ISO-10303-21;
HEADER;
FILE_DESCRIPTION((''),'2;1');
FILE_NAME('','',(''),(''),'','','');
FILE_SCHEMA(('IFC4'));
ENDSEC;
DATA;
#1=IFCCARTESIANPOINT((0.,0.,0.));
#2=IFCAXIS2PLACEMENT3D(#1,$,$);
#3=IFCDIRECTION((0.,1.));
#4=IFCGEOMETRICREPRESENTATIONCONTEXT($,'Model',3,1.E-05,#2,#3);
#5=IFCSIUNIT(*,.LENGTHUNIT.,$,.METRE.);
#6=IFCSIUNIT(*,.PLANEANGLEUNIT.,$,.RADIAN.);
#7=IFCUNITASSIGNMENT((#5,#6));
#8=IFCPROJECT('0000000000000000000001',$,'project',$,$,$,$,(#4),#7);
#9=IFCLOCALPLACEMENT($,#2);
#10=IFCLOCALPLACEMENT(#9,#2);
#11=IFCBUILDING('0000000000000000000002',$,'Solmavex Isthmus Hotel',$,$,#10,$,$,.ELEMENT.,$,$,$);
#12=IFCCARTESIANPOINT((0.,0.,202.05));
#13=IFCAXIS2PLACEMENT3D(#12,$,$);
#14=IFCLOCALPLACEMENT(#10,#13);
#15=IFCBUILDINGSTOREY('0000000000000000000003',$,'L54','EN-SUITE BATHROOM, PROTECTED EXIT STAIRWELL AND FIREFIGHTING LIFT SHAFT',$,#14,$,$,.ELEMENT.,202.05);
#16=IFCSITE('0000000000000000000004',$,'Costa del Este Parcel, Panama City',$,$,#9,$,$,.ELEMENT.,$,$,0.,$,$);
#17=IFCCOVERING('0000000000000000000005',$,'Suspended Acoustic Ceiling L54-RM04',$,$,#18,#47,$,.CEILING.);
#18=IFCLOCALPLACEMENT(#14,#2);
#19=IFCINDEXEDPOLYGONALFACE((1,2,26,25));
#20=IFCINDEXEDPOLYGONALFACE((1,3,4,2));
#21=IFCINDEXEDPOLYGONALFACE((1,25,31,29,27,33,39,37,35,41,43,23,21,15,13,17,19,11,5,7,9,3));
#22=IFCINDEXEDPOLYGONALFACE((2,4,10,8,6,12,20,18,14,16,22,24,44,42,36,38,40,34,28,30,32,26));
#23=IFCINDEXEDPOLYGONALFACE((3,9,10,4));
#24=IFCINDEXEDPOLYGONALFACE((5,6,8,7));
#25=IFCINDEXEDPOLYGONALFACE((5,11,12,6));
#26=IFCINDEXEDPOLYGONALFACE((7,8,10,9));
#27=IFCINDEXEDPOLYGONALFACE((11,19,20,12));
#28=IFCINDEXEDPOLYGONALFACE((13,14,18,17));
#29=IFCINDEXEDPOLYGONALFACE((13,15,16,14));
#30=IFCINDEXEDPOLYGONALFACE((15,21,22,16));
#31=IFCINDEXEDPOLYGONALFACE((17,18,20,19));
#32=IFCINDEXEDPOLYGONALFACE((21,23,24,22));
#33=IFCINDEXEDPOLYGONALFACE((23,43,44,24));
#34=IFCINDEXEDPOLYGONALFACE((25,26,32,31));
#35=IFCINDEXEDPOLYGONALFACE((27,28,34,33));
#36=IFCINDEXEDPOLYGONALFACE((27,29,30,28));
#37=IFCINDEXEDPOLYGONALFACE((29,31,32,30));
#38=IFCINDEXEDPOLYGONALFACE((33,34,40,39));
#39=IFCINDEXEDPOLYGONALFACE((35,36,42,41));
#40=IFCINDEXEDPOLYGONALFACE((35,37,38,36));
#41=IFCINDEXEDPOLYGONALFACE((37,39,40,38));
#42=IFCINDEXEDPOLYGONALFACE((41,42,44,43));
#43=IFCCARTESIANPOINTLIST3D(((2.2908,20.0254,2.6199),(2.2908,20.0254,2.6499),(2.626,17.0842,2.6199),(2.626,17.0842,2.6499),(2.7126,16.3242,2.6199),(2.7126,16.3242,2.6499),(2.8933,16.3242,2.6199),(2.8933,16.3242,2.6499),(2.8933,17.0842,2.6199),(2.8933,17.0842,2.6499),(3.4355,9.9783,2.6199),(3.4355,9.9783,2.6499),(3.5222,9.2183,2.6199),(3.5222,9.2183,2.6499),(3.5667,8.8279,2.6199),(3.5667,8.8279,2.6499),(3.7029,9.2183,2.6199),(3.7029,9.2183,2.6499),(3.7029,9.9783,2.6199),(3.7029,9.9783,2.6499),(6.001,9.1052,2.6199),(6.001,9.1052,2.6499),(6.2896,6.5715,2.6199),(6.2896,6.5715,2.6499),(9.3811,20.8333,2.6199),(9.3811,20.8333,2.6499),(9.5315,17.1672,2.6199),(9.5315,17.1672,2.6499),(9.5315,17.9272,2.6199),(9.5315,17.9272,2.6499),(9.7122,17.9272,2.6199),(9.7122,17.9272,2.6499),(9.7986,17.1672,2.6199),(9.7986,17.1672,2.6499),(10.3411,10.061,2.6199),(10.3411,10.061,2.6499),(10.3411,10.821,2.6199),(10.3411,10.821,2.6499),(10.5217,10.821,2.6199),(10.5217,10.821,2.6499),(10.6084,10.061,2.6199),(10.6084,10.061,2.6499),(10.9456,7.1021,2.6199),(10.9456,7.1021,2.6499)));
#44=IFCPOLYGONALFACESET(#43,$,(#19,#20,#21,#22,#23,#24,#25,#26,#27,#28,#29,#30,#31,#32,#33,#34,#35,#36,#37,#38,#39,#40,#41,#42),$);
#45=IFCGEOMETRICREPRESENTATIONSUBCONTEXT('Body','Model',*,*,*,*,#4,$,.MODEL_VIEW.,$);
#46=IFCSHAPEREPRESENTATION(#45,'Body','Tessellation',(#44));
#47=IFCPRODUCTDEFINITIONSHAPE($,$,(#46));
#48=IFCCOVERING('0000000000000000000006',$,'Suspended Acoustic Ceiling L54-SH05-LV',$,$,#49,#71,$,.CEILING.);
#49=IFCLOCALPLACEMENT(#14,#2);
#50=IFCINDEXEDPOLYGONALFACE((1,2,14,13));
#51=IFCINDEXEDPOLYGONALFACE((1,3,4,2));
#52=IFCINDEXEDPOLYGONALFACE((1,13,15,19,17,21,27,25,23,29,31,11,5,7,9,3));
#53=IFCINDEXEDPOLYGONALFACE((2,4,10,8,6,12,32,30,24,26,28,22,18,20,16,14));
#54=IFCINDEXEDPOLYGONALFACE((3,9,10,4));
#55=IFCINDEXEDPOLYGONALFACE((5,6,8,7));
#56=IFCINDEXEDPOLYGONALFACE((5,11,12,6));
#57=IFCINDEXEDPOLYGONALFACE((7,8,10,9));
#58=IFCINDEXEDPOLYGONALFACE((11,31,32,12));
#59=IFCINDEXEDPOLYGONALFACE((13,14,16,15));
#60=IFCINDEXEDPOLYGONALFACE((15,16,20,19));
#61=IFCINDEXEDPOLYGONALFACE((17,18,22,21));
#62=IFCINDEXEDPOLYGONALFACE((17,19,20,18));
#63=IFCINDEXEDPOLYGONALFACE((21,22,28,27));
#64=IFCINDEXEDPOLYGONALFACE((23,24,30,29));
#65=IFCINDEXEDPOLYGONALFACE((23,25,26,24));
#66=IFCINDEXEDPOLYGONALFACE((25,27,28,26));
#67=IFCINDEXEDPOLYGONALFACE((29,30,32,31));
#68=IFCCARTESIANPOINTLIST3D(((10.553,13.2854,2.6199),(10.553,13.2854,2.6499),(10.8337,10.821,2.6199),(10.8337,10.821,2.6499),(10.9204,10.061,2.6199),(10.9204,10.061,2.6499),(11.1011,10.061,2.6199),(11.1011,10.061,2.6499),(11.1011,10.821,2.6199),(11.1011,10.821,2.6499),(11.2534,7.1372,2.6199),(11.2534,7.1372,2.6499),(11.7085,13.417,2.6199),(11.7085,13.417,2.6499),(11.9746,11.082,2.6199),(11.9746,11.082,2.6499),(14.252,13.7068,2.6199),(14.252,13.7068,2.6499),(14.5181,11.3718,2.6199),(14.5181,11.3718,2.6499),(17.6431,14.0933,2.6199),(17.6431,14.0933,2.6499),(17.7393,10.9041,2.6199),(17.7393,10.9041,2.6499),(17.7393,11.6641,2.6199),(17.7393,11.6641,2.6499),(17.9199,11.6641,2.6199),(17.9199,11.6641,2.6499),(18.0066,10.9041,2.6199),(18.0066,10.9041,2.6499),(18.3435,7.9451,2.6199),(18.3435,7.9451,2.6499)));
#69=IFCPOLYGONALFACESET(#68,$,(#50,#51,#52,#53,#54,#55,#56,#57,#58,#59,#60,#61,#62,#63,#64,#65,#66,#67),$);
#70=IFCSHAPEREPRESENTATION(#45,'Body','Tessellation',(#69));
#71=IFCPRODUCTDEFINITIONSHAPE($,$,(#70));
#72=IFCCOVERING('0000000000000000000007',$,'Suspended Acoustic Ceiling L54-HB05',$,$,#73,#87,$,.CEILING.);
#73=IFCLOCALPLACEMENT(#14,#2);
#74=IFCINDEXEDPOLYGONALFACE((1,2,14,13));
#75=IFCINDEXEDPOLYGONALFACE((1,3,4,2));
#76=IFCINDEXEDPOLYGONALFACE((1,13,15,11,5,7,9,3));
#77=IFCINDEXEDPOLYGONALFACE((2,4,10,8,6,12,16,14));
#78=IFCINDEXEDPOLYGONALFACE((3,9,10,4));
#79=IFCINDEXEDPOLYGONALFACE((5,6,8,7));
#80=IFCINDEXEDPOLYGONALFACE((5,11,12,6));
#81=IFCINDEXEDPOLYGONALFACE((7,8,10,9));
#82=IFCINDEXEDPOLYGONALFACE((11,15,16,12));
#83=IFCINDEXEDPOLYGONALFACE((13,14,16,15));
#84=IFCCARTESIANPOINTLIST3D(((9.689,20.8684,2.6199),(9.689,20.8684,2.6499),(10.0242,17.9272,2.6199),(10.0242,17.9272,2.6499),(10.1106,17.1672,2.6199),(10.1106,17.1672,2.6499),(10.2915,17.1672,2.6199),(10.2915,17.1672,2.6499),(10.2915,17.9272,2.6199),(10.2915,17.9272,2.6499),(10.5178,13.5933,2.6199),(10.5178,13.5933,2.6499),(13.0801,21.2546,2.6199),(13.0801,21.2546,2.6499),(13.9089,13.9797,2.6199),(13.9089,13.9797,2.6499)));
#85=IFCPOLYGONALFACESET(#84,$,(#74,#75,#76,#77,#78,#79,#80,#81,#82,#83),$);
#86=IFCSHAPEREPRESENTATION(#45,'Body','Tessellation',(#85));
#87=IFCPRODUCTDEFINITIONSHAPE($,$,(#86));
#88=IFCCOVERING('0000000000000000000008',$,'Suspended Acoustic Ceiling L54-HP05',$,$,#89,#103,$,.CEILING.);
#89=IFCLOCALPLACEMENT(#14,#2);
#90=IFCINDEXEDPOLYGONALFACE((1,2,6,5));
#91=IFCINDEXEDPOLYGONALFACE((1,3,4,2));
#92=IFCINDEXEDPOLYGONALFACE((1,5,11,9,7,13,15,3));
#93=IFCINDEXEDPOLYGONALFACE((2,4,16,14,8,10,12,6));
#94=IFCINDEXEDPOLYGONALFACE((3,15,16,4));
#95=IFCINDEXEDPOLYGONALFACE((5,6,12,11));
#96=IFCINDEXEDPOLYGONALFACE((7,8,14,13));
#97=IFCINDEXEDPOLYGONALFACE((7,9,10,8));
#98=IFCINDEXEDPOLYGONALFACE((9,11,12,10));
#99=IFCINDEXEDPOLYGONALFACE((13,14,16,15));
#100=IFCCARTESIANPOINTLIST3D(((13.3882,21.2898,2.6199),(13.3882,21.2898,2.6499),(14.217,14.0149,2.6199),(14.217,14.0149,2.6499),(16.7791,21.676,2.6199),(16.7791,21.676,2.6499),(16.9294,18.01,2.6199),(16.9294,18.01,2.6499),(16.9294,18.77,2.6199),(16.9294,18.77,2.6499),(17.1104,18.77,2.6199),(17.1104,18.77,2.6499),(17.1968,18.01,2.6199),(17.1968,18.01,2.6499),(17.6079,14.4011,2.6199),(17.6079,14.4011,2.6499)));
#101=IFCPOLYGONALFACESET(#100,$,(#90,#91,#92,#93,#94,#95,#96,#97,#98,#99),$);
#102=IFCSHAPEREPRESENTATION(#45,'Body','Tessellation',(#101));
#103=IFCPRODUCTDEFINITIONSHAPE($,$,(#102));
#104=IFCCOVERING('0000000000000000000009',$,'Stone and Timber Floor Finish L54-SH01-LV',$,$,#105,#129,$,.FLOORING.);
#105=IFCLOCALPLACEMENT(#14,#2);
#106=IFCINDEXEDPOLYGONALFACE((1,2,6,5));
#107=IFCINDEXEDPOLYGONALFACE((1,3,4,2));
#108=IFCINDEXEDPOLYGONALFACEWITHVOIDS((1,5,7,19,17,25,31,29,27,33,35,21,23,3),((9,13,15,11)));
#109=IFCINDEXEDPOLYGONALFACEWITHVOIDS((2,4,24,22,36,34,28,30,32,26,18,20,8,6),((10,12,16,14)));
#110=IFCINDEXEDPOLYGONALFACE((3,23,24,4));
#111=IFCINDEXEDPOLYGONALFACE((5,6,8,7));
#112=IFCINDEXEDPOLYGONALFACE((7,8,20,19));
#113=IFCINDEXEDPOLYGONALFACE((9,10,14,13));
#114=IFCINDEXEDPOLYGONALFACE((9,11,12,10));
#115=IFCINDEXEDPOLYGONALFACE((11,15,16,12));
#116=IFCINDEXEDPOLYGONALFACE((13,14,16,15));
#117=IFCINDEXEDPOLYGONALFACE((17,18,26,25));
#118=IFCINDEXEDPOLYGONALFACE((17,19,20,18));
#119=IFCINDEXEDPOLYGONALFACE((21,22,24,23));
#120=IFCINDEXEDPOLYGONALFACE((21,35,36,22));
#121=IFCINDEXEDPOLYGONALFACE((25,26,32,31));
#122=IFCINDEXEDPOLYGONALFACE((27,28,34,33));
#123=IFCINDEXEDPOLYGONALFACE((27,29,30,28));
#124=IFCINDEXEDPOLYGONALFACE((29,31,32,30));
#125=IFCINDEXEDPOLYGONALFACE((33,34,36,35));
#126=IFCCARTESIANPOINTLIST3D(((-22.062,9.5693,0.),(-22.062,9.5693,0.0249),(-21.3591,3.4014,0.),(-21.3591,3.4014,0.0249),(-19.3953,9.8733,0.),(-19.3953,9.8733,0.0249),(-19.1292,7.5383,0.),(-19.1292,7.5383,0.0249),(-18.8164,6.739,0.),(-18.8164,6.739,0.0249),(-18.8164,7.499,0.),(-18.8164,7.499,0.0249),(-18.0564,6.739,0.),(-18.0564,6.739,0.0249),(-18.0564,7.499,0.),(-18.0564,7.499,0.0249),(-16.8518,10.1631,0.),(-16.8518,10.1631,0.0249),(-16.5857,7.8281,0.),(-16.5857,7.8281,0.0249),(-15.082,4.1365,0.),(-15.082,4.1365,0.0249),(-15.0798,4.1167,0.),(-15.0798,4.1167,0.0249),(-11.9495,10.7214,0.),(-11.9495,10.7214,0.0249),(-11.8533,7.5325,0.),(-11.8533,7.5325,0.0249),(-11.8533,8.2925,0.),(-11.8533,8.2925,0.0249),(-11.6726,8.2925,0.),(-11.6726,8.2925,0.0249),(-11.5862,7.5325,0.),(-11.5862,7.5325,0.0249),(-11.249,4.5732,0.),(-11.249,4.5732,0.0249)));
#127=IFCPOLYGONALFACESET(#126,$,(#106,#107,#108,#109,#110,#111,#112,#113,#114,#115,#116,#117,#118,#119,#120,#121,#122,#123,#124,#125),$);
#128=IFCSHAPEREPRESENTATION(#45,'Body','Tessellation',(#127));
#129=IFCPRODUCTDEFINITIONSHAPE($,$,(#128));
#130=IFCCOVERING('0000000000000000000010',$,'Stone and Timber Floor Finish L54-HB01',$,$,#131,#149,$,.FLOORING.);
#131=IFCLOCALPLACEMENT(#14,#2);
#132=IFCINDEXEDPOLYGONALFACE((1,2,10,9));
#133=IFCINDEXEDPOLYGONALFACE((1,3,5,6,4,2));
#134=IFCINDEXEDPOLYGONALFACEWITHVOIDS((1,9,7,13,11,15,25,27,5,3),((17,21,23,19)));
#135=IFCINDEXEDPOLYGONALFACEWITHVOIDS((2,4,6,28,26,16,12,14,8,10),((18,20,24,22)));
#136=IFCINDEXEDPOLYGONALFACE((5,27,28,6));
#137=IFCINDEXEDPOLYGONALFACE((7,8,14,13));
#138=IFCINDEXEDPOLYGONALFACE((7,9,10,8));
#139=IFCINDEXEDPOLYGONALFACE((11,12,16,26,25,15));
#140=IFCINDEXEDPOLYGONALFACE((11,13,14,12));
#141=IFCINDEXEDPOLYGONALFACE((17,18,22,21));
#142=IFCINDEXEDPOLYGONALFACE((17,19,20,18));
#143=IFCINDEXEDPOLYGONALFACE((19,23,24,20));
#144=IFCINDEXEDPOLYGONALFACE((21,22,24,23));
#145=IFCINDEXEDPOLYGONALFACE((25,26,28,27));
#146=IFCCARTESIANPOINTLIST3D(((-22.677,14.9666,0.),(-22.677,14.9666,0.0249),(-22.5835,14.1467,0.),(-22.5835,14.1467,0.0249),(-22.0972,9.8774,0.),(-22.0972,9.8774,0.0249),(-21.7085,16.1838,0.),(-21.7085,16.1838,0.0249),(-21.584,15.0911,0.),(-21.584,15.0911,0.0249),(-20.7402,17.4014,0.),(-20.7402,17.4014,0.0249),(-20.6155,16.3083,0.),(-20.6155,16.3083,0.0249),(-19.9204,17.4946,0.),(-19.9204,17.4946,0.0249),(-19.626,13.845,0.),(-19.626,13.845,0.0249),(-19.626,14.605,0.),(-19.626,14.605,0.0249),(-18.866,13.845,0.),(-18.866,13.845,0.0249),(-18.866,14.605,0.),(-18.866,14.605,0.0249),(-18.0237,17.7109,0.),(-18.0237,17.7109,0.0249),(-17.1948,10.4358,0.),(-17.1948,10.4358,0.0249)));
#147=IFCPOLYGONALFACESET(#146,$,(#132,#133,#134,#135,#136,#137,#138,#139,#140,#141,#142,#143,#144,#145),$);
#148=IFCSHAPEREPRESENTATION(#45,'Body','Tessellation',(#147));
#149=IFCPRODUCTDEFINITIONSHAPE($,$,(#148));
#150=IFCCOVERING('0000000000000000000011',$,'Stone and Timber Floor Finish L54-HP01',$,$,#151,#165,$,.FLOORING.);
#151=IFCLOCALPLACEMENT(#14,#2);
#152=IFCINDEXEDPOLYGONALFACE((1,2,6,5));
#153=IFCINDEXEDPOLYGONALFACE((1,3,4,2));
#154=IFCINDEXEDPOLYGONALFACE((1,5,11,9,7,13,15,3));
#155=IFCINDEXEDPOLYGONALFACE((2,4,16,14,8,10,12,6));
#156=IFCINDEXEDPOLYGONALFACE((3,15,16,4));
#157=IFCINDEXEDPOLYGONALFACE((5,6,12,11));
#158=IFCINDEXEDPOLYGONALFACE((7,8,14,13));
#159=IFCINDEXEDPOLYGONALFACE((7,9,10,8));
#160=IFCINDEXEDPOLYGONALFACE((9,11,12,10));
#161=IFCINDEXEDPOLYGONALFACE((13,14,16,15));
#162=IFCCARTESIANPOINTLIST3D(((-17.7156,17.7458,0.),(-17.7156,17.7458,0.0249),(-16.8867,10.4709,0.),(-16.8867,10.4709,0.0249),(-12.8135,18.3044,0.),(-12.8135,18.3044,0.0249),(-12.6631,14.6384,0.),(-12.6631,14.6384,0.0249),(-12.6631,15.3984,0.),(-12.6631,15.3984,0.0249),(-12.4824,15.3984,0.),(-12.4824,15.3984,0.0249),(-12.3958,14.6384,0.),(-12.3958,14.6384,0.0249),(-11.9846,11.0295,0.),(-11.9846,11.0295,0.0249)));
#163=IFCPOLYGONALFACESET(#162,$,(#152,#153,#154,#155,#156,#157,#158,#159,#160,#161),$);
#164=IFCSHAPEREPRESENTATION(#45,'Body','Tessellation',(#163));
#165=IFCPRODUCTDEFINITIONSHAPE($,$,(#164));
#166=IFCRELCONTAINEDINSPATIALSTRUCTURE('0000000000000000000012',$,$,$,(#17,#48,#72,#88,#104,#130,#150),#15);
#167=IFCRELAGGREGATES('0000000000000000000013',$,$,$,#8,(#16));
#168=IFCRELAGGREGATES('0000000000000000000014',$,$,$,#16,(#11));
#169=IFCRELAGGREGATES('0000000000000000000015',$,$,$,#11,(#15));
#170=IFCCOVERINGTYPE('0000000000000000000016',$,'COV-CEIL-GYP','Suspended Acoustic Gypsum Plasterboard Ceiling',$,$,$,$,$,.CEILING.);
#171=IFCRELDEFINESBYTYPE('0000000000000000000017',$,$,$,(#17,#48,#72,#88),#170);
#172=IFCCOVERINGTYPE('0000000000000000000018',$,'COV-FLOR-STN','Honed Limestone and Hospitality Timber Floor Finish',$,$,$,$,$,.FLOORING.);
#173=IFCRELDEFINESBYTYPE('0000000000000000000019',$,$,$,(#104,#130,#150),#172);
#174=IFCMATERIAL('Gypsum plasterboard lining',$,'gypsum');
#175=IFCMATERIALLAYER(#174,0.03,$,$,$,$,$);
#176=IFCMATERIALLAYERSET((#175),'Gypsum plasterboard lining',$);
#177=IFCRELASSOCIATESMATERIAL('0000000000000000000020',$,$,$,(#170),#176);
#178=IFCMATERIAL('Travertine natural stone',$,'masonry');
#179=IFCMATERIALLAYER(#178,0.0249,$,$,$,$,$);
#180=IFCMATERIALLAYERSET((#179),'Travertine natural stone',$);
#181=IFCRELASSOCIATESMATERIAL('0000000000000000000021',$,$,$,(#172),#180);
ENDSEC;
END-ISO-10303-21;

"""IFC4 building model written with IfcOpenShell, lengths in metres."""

from ifc_helpers import new_model, si_unit, direction, frame, origin, place, context, subcontext, project, spatial, polyline, outline, extrude, material, layer, layer_set, type_object, element, save


model = new_model("IFC4")

# Units and contexts
model_context = context("Model", 3, precision=1e-05, world=origin(), true_north=direction((0.0, 1.0)))
body_context = subcontext(model_context, "Body", "Model", "MODEL_VIEW")
ifc_project = project(units=[si_unit("LENGTHUNIT", "METRE"), si_unit("PLANEANGLEUNIT", "RADIAN")], contexts=[model_context])

# Site, building, storey
site_placement = place(None, origin())
site = spatial("IfcSite", under=ifc_project, at=site_placement, Name="Costa del Este Parcel, Panama City", CompositionType="ELEMENT", RefElevation=0.0)
building_placement = place(site_placement, origin())
building = spatial("IfcBuilding", under=site, at=building_placement, Name="Solmavex Isthmus Hotel", CompositionType="ELEMENT")
storey_placement = place(building_placement, frame((0.0, 0.0, 202.05)))
storey = spatial("IfcBuildingStorey", under=building, at=storey_placement, Name="L54", Description="EN-SUITE BATHROOM, PROTECTED EXIT STAIRWELL AND FIREFIGHTING LIFT SHAFT", CompositionType="ELEMENT", Elevation=202.05)

# Shared definitions
ifc_material_1 = material(Name="Gypsum plasterboard lining", Category="gypsum")

# Coverings
ifc_layer_1 = layer(ifc_material_1, 0.03)
ifc_layer_set_1 = layer_set([ifc_layer_1], Name="Gypsum plasterboard lining")
covering_type_1 = type_object("IfcCoveringType", Name="COV-CEIL-GYP", Description="Suspended Acoustic Gypsum Plasterboard Ceiling", PredefinedType="CEILING", material=ifc_layer_set_1)
covering_1_placement = place(storey_placement, frame((0.0, 0.0, 2.6199)))
element("IfcCovering", 1, at=covering_1_placement, inside=storey, type_object=covering_type_1, Name="Suspended Acoustic Ceiling L54-RM04", PredefinedType="CEILING", context=body_context, shape_type="SweptSolid", body=[
    extrude(outline(polyline([(3.4355, 9.9783), (3.7029, 9.9783), (3.7029, 9.2183), (3.5222, 9.2183), (3.5667, 8.8279), (6.001, 9.1052), (6.2896, 6.5715), (10.9456, 7.1021), (10.6084, 10.061), (10.3411, 10.061), (10.3411, 10.821), (10.5217, 10.821), (9.7986, 17.1672), (9.5315, 17.1672), (9.5315, 17.9272), (9.7122, 17.9272), (9.3811, 20.8333), (2.2908, 20.0254), (2.626, 17.0842), (2.8933, 17.0842), (2.8933, 16.3242), (2.7126, 16.3242), (3.4355, 9.9783)])), origin(), (0.0, 0.0, 1.0), 0.03),
])
covering_2_placement = place(storey_placement, frame((0.0, 0.0, 2.6199)))
element("IfcCovering", 2, at=covering_2_placement, inside=storey, type_object=covering_type_1, Name="Suspended Acoustic Ceiling L54-SH05-LV", PredefinedType="CEILING", context=body_context, shape_type="SweptSolid", body=[
    extrude(outline(polyline([(18.0066, 10.9041), (17.7393, 10.9041), (17.7393, 11.6641), (17.9199, 11.6641), (17.6431, 14.0933), (14.252, 13.7068), (14.5181, 11.3718), (11.9746, 11.082), (11.7085, 13.417), (10.553, 13.2854), (10.8337, 10.821), (11.1011, 10.821), (11.1011, 10.061), (10.9204, 10.061), (11.2534, 7.1372), (18.3435, 7.9451), (18.0066, 10.9041)])), origin(), (0.0, 0.0, 1.0), 0.03),
])
covering_3_placement = place(storey_placement, frame((0.0, 0.0, 2.6199)))
element("IfcCovering", 3, at=covering_3_placement, inside=storey, type_object=covering_type_1, Name="Suspended Acoustic Ceiling L54-HB05", PredefinedType="CEILING", context=body_context, shape_type="SweptSolid", body=[
    extrude(outline(polyline([(10.0242, 17.9272), (10.2915, 17.9272), (10.2915, 17.1672), (10.1106, 17.1672), (10.5178, 13.5933), (13.9089, 13.9797), (13.0801, 21.2546), (9.689, 20.8684), (10.0242, 17.9272)])), origin(), (0.0, 0.0, 1.0), 0.03),
])
covering_4_placement = place(storey_placement, frame((0.0, 0.0, 2.6199)))
element("IfcCovering", 4, at=covering_4_placement, inside=storey, type_object=covering_type_1, Name="Suspended Acoustic Ceiling L54-HP05", PredefinedType="CEILING", context=body_context, shape_type="SweptSolid", body=[
    extrude(outline(polyline([(17.1968, 18.01), (16.9294, 18.01), (16.9294, 18.77), (17.1104, 18.77), (16.7791, 21.676), (13.3882, 21.2898), (14.217, 14.0149), (17.6079, 14.4011), (17.1968, 18.01)])), origin(), (0.0, 0.0, 1.0), 0.03),
])
ifc_material_2 = material(Name="Travertine natural stone", Category="masonry")
ifc_layer_2 = layer(ifc_material_2, 0.0249)
ifc_layer_set_2 = layer_set([ifc_layer_2], Name="Travertine natural stone")
covering_type_2 = type_object("IfcCoveringType", Name="COV-FLOR-STN", Description="Honed Limestone and Hospitality Timber Floor Finish", PredefinedType="FLOORING", material=ifc_layer_set_2)
covering_5_placement = place(storey_placement, origin())
element("IfcCovering", 5, at=covering_5_placement, inside=storey, type_object=covering_type_2, Name="Stone and Timber Floor Finish L54-SH01-LV", PredefinedType="FLOORING", context=body_context, shape_type="SweptSolid", body=[
    extrude(outline(polyline([(-15.0798, 4.1167), (-15.082, 4.1365), (-11.249, 4.5732), (-11.5862, 7.5325), (-11.8533, 7.5325), (-11.8533, 8.2925), (-11.6726, 8.2925), (-11.9495, 10.7214), (-16.8518, 10.1631), (-16.5857, 7.8281), (-19.1292, 7.5383), (-19.3953, 9.8733), (-22.062, 9.5693), (-21.3591, 3.4014), (-15.0798, 4.1167)]), holes=[polyline([(-18.8164, 6.739), (-18.8164, 7.499), (-18.0564, 7.499), (-18.0564, 6.739), (-18.8164, 6.739)])]), origin(), (0.0, 0.0, 1.0), 0.0249),
])
covering_6_placement = place(storey_placement, origin())
element("IfcCovering", 6, at=covering_6_placement, inside=storey, type_object=covering_type_2, Name="Stone and Timber Floor Finish L54-HB01", PredefinedType="FLOORING", context=body_context, shape_type="SweptSolid", body=[
    extrude(outline(polyline([(-22.677, 14.9666), (-22.5835, 14.1467), (-22.0972, 9.8774), (-17.1948, 10.4358), (-18.0237, 17.7109), (-19.9204, 17.4946), (-20.7402, 17.4014), (-20.6155, 16.3083), (-21.7085, 16.1838), (-21.584, 15.0911), (-22.677, 14.9666)]), holes=[polyline([(-19.626, 13.845), (-19.626, 14.605), (-18.866, 14.605), (-18.866, 13.845), (-19.626, 13.845)])]), origin(), (0.0, 0.0, 1.0), 0.0249),
])
covering_7_placement = place(storey_placement, origin())
element("IfcCovering", 7, at=covering_7_placement, inside=storey, type_object=covering_type_2, Name="Stone and Timber Floor Finish L54-HP01", PredefinedType="FLOORING", context=body_context, shape_type="SweptSolid", body=[
    extrude(outline(polyline([(-12.3958, 14.6384), (-12.6631, 14.6384), (-12.6631, 15.3984), (-12.4824, 15.3984), (-12.8135, 18.3044), (-17.7156, 17.7458), (-16.8867, 10.4709), (-11.9846, 11.0295), (-12.3958, 14.6384)])), origin(), (0.0, 0.0, 1.0), 0.0249),
])

save(model, "model.ifc")
